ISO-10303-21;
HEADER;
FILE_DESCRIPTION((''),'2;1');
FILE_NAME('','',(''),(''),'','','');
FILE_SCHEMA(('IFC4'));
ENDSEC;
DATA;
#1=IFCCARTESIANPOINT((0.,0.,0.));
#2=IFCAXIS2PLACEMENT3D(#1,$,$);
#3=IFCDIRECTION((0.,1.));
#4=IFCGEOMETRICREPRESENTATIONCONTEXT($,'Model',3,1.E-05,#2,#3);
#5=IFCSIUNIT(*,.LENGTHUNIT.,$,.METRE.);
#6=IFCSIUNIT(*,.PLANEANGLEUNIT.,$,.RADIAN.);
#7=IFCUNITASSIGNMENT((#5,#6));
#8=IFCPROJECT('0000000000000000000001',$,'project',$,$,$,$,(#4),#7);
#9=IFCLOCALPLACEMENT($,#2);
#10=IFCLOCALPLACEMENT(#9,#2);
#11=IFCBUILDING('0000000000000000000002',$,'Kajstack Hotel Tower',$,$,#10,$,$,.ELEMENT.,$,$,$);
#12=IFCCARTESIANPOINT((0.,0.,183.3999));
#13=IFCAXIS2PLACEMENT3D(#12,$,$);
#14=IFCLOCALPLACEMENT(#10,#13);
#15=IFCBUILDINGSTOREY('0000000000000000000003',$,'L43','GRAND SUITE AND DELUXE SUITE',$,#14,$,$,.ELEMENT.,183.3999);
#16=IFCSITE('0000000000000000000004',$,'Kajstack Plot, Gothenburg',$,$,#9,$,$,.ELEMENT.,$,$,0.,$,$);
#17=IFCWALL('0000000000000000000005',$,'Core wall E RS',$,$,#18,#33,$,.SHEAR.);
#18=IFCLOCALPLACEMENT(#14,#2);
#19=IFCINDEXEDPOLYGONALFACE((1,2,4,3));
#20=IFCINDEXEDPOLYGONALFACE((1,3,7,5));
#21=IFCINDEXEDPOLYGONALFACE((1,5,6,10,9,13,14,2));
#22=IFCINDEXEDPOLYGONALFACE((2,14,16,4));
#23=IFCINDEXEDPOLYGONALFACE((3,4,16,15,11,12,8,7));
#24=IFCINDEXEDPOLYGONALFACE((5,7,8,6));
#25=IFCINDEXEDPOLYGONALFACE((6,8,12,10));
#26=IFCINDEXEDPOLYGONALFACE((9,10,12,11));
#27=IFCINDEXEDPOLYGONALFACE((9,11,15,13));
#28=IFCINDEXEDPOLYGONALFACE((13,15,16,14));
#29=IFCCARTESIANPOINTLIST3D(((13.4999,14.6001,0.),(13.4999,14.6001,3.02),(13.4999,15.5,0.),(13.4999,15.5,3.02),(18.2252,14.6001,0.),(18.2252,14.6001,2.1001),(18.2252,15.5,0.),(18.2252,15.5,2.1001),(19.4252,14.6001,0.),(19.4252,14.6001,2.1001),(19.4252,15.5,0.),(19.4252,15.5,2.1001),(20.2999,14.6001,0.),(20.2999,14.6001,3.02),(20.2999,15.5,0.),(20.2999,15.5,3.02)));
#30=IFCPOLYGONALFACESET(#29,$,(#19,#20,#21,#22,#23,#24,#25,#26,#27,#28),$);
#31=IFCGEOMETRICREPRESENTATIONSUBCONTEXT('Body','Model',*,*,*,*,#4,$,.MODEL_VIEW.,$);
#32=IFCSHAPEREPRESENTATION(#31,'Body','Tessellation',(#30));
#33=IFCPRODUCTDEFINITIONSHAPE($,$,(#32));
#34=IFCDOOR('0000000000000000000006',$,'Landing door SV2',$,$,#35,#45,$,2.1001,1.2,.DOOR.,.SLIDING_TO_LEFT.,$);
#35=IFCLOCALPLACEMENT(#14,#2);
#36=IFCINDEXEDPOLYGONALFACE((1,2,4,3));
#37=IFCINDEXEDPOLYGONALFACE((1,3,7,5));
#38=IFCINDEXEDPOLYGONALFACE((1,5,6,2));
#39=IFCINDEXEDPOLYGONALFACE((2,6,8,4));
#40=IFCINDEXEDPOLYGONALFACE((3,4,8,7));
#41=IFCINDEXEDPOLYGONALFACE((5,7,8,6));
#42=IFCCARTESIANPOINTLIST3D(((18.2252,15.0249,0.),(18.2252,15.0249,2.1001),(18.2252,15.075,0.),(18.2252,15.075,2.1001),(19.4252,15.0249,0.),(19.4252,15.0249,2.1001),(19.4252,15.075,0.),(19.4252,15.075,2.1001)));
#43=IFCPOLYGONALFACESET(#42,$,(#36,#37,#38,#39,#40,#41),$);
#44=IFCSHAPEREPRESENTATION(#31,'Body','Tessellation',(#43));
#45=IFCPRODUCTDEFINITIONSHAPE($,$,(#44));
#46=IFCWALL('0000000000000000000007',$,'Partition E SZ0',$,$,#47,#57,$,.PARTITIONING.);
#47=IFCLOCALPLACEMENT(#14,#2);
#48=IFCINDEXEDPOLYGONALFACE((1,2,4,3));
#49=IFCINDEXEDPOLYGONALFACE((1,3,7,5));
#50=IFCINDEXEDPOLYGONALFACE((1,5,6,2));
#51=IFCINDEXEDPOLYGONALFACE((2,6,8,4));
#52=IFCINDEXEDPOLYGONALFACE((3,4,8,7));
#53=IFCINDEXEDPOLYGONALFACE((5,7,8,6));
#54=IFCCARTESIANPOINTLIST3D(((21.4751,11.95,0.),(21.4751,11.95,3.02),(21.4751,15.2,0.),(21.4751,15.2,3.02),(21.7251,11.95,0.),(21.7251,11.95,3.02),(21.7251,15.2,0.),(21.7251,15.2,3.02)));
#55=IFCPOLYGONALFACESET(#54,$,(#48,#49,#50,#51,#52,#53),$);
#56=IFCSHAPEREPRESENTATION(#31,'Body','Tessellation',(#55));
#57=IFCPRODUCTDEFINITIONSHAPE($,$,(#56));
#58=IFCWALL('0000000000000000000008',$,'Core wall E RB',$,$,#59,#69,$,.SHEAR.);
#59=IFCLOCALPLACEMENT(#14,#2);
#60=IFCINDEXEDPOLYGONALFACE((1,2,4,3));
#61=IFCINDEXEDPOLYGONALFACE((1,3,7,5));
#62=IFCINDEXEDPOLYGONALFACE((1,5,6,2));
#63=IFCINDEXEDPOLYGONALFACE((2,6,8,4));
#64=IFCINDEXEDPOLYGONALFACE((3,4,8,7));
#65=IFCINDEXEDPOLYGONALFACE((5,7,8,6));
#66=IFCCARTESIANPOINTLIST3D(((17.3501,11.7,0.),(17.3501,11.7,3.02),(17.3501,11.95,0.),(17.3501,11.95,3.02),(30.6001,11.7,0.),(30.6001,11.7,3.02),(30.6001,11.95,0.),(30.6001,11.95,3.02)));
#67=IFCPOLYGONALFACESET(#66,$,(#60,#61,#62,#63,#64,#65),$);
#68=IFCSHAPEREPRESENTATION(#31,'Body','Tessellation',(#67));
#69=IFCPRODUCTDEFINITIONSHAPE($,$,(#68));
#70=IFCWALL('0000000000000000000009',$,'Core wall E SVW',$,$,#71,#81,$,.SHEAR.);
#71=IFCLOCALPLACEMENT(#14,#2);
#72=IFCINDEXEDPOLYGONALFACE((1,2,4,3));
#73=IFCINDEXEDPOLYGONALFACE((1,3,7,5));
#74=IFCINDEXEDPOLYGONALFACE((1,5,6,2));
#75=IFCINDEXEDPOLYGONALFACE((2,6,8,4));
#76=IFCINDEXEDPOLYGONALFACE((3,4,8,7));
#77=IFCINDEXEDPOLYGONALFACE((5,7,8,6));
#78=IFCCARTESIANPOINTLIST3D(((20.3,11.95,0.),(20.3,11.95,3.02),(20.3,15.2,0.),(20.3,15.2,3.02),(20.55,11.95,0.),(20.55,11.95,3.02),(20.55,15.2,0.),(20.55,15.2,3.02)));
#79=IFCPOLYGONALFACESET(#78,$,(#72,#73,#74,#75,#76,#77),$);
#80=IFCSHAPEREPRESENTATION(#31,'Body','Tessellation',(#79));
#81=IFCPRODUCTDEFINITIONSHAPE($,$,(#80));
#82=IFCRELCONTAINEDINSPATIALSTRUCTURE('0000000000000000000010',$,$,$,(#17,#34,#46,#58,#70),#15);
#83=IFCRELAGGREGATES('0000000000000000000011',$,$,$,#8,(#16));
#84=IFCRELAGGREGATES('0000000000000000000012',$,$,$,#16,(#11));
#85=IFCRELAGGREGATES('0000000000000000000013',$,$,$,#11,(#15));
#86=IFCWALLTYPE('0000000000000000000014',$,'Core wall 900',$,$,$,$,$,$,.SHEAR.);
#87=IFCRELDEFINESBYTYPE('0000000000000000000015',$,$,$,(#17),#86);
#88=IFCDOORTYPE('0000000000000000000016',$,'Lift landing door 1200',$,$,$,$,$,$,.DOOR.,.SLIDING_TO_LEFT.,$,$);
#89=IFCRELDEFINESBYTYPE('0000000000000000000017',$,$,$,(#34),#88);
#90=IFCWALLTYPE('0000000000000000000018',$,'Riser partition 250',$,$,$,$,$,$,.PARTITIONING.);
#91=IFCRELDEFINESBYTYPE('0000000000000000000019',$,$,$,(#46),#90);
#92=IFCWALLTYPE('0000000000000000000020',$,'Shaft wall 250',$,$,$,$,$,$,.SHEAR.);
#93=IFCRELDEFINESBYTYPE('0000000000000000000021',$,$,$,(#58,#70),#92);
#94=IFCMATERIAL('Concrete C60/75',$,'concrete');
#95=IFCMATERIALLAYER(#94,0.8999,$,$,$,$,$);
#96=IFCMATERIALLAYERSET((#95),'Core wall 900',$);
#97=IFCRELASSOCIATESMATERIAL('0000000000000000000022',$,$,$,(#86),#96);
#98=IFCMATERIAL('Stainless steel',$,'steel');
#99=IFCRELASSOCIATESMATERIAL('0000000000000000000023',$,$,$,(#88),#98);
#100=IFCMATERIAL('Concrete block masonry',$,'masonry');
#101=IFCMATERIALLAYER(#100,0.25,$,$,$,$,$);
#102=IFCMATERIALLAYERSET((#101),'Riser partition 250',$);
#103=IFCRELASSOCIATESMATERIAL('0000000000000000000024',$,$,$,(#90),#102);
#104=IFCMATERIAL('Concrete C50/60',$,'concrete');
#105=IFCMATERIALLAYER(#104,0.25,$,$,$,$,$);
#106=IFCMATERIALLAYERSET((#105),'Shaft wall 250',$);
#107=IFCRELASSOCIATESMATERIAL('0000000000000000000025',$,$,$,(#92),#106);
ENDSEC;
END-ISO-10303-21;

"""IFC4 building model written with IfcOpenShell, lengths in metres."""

from ifc_helpers import new_model, si_unit, direction, frame, frame_2d, origin, place, context, subcontext, project, spatial, rectangle, extrude, material, layer, layer_set, type_object, element, fill, save


model = new_model("IFC4")

# Units and contexts
model_context = context("Model", 3, precision=1e-05, world=origin(), true_north=direction((0.0, 1.0)))
body_context = subcontext(model_context, "Body", "Model", "MODEL_VIEW")
ifc_project = project(units=[si_unit("LENGTHUNIT", "METRE"), si_unit("PLANEANGLEUNIT", "RADIAN")], contexts=[model_context])

# Site, building, storey
site_placement = place(None, origin())
site = spatial("IfcSite", under=ifc_project, at=site_placement, Name="Kajstack Plot, Gothenburg", CompositionType="ELEMENT", RefElevation=0.0)
building_placement = place(site_placement, origin())
building = spatial("IfcBuilding", under=site, at=building_placement, Name="Kajstack Hotel Tower", CompositionType="ELEMENT")
storey_placement = place(building_placement, frame((0.0, 0.0, 183.3999)))
storey = spatial("IfcBuildingStorey", under=building, at=storey_placement, Name="L43", Description="GRAND SUITE AND DELUXE SUITE", CompositionType="ELEMENT", Elevation=183.3999)

# Wall, opening, door
ifc_material_1 = material(Name="Concrete C60/75", Category="concrete")
ifc_layer_1 = layer(ifc_material_1, 0.8999)
ifc_layer_set_1 = layer_set([ifc_layer_1], Name="Core wall 900")
wall_type_1 = type_object("IfcWallType", Name="Core wall 900", PredefinedType="SHEAR", material=ifc_layer_set_1)
wall_1_placement = place(storey_placement, frame((13.5, 15.05, 0.0), z_axis=(0.0, 0.0, 1.0), x_axis=(1.0, 0.0, 0.0)))
wall_1 = element("IfcWall", 1, at=wall_1_placement, inside=storey, type_object=wall_type_1, Name="Core wall E RS", PredefinedType="SHEAR", context=body_context, shape_type="SweptSolid", body=[
    extrude(rectangle(XDim=6.8, YDim=0.8999, at=frame_2d((3.3999, 0.0))), origin(), (0.0, 0.0, 1.0), 3.02),
])
opening_placement = place(wall_1_placement, frame((4.7251, 0.0, 0.0)))
opening = element("IfcOpeningElement", 2, at=opening_placement, cuts=wall_1, PredefinedType="OPENING", context=body_context, shape_type="SweptSolid", body=[
    extrude(rectangle(XDim=1.2, YDim=2.1001, at=frame_2d((0.6001, 1.05))), frame((0.0, 0.46, 0.0), z_axis=(0.0, -1.0, 0.0), x_axis=(1.0, 0.0, 0.0)), (0.0, 0.0, 1.0), 0.9199),
])
ifc_material_2 = material(Name="Stainless steel", Category="steel")
door_type = type_object("IfcDoorType", Name="Lift landing door 1200", OperationType="SLIDING_TO_LEFT", PredefinedType="DOOR", material=ifc_material_2)
door_placement = place(opening_placement, origin())
door = element("IfcDoor", 3, at=door_placement, inside=storey, type_object=door_type, Name="Landing door SV2", OperationType="SLIDING_TO_LEFT", OverallHeight=2.1001, OverallWidth=1.2, PredefinedType="DOOR", context=body_context, shape_type="SweptSolid", body=[
    extrude(rectangle(XDim=1.2, YDim=2.1001, at=frame_2d((0.6001, 1.05))), frame((0.0, 0.0249, 0.0), z_axis=(0.0, -1.0, 0.0), x_axis=(1.0, 0.0, 0.0)), (0.0, 0.0, 1.0), 0.05),
])
fill(opening, door)

# Walls
ifc_material_3 = material(Name="Concrete block masonry", Category="masonry")
ifc_layer_2 = layer(ifc_material_3, 0.25)
ifc_layer_set_2 = layer_set([ifc_layer_2], Name="Riser partition 250")
wall_type_2 = type_object("IfcWallType", Name="Riser partition 250", PredefinedType="PARTITIONING", material=ifc_layer_set_2)
wall_2_placement = place(storey_placement, frame((21.6001, 11.95, 0.0), z_axis=(0.0, 0.0, 1.0), x_axis=(0.0, 1.0, 0.0)))
element("IfcWall", 4, at=wall_2_placement, inside=storey, type_object=wall_type_2, Name="Partition E SZ0", PredefinedType="PARTITIONING", context=body_context, shape_type="SweptSolid", body=[
    extrude(rectangle(XDim=3.25, YDim=0.25, at=frame_2d((1.625, 0.0))), origin(), (0.0, 0.0, 1.0), 3.02),
])
ifc_material_4 = material(Name="Concrete C50/60", Category="concrete")
ifc_layer_3 = layer(ifc_material_4, 0.25)
ifc_layer_set_3 = layer_set([ifc_layer_3], Name="Shaft wall 250")
wall_type_3 = type_object("IfcWallType", Name="Shaft wall 250", PredefinedType="SHEAR", material=ifc_layer_set_3)
wall_3_placement = place(storey_placement, frame((17.3501, 11.825, 0.0), z_axis=(0.0, 0.0, 1.0), x_axis=(1.0, 0.0, 0.0)))
element("IfcWall", 5, at=wall_3_placement, inside=storey, type_object=wall_type_3, Name="Core wall E RB", PredefinedType="SHEAR", context=body_context, shape_type="SweptSolid", body=[
    extrude(rectangle(XDim=13.25, YDim=0.25, at=frame_2d((6.625, 0.0))), origin(), (0.0, 0.0, 1.0), 3.02),
])
wall_4_placement = place(storey_placement, frame((20.425, 11.95, 0.0), z_axis=(0.0, 0.0, 1.0), x_axis=(0.0, 1.0, 0.0)))
element("IfcWall", 6, at=wall_4_placement, inside=storey, type_object=wall_type_3, Name="Core wall E SVW", PredefinedType="SHEAR", context=body_context, shape_type="SweptSolid", body=[
    extrude(rectangle(XDim=3.25, YDim=0.25, at=frame_2d((1.625, 0.0))), origin(), (0.0, 0.0, 1.0), 3.02),
])

save(model, "model.ifc")
